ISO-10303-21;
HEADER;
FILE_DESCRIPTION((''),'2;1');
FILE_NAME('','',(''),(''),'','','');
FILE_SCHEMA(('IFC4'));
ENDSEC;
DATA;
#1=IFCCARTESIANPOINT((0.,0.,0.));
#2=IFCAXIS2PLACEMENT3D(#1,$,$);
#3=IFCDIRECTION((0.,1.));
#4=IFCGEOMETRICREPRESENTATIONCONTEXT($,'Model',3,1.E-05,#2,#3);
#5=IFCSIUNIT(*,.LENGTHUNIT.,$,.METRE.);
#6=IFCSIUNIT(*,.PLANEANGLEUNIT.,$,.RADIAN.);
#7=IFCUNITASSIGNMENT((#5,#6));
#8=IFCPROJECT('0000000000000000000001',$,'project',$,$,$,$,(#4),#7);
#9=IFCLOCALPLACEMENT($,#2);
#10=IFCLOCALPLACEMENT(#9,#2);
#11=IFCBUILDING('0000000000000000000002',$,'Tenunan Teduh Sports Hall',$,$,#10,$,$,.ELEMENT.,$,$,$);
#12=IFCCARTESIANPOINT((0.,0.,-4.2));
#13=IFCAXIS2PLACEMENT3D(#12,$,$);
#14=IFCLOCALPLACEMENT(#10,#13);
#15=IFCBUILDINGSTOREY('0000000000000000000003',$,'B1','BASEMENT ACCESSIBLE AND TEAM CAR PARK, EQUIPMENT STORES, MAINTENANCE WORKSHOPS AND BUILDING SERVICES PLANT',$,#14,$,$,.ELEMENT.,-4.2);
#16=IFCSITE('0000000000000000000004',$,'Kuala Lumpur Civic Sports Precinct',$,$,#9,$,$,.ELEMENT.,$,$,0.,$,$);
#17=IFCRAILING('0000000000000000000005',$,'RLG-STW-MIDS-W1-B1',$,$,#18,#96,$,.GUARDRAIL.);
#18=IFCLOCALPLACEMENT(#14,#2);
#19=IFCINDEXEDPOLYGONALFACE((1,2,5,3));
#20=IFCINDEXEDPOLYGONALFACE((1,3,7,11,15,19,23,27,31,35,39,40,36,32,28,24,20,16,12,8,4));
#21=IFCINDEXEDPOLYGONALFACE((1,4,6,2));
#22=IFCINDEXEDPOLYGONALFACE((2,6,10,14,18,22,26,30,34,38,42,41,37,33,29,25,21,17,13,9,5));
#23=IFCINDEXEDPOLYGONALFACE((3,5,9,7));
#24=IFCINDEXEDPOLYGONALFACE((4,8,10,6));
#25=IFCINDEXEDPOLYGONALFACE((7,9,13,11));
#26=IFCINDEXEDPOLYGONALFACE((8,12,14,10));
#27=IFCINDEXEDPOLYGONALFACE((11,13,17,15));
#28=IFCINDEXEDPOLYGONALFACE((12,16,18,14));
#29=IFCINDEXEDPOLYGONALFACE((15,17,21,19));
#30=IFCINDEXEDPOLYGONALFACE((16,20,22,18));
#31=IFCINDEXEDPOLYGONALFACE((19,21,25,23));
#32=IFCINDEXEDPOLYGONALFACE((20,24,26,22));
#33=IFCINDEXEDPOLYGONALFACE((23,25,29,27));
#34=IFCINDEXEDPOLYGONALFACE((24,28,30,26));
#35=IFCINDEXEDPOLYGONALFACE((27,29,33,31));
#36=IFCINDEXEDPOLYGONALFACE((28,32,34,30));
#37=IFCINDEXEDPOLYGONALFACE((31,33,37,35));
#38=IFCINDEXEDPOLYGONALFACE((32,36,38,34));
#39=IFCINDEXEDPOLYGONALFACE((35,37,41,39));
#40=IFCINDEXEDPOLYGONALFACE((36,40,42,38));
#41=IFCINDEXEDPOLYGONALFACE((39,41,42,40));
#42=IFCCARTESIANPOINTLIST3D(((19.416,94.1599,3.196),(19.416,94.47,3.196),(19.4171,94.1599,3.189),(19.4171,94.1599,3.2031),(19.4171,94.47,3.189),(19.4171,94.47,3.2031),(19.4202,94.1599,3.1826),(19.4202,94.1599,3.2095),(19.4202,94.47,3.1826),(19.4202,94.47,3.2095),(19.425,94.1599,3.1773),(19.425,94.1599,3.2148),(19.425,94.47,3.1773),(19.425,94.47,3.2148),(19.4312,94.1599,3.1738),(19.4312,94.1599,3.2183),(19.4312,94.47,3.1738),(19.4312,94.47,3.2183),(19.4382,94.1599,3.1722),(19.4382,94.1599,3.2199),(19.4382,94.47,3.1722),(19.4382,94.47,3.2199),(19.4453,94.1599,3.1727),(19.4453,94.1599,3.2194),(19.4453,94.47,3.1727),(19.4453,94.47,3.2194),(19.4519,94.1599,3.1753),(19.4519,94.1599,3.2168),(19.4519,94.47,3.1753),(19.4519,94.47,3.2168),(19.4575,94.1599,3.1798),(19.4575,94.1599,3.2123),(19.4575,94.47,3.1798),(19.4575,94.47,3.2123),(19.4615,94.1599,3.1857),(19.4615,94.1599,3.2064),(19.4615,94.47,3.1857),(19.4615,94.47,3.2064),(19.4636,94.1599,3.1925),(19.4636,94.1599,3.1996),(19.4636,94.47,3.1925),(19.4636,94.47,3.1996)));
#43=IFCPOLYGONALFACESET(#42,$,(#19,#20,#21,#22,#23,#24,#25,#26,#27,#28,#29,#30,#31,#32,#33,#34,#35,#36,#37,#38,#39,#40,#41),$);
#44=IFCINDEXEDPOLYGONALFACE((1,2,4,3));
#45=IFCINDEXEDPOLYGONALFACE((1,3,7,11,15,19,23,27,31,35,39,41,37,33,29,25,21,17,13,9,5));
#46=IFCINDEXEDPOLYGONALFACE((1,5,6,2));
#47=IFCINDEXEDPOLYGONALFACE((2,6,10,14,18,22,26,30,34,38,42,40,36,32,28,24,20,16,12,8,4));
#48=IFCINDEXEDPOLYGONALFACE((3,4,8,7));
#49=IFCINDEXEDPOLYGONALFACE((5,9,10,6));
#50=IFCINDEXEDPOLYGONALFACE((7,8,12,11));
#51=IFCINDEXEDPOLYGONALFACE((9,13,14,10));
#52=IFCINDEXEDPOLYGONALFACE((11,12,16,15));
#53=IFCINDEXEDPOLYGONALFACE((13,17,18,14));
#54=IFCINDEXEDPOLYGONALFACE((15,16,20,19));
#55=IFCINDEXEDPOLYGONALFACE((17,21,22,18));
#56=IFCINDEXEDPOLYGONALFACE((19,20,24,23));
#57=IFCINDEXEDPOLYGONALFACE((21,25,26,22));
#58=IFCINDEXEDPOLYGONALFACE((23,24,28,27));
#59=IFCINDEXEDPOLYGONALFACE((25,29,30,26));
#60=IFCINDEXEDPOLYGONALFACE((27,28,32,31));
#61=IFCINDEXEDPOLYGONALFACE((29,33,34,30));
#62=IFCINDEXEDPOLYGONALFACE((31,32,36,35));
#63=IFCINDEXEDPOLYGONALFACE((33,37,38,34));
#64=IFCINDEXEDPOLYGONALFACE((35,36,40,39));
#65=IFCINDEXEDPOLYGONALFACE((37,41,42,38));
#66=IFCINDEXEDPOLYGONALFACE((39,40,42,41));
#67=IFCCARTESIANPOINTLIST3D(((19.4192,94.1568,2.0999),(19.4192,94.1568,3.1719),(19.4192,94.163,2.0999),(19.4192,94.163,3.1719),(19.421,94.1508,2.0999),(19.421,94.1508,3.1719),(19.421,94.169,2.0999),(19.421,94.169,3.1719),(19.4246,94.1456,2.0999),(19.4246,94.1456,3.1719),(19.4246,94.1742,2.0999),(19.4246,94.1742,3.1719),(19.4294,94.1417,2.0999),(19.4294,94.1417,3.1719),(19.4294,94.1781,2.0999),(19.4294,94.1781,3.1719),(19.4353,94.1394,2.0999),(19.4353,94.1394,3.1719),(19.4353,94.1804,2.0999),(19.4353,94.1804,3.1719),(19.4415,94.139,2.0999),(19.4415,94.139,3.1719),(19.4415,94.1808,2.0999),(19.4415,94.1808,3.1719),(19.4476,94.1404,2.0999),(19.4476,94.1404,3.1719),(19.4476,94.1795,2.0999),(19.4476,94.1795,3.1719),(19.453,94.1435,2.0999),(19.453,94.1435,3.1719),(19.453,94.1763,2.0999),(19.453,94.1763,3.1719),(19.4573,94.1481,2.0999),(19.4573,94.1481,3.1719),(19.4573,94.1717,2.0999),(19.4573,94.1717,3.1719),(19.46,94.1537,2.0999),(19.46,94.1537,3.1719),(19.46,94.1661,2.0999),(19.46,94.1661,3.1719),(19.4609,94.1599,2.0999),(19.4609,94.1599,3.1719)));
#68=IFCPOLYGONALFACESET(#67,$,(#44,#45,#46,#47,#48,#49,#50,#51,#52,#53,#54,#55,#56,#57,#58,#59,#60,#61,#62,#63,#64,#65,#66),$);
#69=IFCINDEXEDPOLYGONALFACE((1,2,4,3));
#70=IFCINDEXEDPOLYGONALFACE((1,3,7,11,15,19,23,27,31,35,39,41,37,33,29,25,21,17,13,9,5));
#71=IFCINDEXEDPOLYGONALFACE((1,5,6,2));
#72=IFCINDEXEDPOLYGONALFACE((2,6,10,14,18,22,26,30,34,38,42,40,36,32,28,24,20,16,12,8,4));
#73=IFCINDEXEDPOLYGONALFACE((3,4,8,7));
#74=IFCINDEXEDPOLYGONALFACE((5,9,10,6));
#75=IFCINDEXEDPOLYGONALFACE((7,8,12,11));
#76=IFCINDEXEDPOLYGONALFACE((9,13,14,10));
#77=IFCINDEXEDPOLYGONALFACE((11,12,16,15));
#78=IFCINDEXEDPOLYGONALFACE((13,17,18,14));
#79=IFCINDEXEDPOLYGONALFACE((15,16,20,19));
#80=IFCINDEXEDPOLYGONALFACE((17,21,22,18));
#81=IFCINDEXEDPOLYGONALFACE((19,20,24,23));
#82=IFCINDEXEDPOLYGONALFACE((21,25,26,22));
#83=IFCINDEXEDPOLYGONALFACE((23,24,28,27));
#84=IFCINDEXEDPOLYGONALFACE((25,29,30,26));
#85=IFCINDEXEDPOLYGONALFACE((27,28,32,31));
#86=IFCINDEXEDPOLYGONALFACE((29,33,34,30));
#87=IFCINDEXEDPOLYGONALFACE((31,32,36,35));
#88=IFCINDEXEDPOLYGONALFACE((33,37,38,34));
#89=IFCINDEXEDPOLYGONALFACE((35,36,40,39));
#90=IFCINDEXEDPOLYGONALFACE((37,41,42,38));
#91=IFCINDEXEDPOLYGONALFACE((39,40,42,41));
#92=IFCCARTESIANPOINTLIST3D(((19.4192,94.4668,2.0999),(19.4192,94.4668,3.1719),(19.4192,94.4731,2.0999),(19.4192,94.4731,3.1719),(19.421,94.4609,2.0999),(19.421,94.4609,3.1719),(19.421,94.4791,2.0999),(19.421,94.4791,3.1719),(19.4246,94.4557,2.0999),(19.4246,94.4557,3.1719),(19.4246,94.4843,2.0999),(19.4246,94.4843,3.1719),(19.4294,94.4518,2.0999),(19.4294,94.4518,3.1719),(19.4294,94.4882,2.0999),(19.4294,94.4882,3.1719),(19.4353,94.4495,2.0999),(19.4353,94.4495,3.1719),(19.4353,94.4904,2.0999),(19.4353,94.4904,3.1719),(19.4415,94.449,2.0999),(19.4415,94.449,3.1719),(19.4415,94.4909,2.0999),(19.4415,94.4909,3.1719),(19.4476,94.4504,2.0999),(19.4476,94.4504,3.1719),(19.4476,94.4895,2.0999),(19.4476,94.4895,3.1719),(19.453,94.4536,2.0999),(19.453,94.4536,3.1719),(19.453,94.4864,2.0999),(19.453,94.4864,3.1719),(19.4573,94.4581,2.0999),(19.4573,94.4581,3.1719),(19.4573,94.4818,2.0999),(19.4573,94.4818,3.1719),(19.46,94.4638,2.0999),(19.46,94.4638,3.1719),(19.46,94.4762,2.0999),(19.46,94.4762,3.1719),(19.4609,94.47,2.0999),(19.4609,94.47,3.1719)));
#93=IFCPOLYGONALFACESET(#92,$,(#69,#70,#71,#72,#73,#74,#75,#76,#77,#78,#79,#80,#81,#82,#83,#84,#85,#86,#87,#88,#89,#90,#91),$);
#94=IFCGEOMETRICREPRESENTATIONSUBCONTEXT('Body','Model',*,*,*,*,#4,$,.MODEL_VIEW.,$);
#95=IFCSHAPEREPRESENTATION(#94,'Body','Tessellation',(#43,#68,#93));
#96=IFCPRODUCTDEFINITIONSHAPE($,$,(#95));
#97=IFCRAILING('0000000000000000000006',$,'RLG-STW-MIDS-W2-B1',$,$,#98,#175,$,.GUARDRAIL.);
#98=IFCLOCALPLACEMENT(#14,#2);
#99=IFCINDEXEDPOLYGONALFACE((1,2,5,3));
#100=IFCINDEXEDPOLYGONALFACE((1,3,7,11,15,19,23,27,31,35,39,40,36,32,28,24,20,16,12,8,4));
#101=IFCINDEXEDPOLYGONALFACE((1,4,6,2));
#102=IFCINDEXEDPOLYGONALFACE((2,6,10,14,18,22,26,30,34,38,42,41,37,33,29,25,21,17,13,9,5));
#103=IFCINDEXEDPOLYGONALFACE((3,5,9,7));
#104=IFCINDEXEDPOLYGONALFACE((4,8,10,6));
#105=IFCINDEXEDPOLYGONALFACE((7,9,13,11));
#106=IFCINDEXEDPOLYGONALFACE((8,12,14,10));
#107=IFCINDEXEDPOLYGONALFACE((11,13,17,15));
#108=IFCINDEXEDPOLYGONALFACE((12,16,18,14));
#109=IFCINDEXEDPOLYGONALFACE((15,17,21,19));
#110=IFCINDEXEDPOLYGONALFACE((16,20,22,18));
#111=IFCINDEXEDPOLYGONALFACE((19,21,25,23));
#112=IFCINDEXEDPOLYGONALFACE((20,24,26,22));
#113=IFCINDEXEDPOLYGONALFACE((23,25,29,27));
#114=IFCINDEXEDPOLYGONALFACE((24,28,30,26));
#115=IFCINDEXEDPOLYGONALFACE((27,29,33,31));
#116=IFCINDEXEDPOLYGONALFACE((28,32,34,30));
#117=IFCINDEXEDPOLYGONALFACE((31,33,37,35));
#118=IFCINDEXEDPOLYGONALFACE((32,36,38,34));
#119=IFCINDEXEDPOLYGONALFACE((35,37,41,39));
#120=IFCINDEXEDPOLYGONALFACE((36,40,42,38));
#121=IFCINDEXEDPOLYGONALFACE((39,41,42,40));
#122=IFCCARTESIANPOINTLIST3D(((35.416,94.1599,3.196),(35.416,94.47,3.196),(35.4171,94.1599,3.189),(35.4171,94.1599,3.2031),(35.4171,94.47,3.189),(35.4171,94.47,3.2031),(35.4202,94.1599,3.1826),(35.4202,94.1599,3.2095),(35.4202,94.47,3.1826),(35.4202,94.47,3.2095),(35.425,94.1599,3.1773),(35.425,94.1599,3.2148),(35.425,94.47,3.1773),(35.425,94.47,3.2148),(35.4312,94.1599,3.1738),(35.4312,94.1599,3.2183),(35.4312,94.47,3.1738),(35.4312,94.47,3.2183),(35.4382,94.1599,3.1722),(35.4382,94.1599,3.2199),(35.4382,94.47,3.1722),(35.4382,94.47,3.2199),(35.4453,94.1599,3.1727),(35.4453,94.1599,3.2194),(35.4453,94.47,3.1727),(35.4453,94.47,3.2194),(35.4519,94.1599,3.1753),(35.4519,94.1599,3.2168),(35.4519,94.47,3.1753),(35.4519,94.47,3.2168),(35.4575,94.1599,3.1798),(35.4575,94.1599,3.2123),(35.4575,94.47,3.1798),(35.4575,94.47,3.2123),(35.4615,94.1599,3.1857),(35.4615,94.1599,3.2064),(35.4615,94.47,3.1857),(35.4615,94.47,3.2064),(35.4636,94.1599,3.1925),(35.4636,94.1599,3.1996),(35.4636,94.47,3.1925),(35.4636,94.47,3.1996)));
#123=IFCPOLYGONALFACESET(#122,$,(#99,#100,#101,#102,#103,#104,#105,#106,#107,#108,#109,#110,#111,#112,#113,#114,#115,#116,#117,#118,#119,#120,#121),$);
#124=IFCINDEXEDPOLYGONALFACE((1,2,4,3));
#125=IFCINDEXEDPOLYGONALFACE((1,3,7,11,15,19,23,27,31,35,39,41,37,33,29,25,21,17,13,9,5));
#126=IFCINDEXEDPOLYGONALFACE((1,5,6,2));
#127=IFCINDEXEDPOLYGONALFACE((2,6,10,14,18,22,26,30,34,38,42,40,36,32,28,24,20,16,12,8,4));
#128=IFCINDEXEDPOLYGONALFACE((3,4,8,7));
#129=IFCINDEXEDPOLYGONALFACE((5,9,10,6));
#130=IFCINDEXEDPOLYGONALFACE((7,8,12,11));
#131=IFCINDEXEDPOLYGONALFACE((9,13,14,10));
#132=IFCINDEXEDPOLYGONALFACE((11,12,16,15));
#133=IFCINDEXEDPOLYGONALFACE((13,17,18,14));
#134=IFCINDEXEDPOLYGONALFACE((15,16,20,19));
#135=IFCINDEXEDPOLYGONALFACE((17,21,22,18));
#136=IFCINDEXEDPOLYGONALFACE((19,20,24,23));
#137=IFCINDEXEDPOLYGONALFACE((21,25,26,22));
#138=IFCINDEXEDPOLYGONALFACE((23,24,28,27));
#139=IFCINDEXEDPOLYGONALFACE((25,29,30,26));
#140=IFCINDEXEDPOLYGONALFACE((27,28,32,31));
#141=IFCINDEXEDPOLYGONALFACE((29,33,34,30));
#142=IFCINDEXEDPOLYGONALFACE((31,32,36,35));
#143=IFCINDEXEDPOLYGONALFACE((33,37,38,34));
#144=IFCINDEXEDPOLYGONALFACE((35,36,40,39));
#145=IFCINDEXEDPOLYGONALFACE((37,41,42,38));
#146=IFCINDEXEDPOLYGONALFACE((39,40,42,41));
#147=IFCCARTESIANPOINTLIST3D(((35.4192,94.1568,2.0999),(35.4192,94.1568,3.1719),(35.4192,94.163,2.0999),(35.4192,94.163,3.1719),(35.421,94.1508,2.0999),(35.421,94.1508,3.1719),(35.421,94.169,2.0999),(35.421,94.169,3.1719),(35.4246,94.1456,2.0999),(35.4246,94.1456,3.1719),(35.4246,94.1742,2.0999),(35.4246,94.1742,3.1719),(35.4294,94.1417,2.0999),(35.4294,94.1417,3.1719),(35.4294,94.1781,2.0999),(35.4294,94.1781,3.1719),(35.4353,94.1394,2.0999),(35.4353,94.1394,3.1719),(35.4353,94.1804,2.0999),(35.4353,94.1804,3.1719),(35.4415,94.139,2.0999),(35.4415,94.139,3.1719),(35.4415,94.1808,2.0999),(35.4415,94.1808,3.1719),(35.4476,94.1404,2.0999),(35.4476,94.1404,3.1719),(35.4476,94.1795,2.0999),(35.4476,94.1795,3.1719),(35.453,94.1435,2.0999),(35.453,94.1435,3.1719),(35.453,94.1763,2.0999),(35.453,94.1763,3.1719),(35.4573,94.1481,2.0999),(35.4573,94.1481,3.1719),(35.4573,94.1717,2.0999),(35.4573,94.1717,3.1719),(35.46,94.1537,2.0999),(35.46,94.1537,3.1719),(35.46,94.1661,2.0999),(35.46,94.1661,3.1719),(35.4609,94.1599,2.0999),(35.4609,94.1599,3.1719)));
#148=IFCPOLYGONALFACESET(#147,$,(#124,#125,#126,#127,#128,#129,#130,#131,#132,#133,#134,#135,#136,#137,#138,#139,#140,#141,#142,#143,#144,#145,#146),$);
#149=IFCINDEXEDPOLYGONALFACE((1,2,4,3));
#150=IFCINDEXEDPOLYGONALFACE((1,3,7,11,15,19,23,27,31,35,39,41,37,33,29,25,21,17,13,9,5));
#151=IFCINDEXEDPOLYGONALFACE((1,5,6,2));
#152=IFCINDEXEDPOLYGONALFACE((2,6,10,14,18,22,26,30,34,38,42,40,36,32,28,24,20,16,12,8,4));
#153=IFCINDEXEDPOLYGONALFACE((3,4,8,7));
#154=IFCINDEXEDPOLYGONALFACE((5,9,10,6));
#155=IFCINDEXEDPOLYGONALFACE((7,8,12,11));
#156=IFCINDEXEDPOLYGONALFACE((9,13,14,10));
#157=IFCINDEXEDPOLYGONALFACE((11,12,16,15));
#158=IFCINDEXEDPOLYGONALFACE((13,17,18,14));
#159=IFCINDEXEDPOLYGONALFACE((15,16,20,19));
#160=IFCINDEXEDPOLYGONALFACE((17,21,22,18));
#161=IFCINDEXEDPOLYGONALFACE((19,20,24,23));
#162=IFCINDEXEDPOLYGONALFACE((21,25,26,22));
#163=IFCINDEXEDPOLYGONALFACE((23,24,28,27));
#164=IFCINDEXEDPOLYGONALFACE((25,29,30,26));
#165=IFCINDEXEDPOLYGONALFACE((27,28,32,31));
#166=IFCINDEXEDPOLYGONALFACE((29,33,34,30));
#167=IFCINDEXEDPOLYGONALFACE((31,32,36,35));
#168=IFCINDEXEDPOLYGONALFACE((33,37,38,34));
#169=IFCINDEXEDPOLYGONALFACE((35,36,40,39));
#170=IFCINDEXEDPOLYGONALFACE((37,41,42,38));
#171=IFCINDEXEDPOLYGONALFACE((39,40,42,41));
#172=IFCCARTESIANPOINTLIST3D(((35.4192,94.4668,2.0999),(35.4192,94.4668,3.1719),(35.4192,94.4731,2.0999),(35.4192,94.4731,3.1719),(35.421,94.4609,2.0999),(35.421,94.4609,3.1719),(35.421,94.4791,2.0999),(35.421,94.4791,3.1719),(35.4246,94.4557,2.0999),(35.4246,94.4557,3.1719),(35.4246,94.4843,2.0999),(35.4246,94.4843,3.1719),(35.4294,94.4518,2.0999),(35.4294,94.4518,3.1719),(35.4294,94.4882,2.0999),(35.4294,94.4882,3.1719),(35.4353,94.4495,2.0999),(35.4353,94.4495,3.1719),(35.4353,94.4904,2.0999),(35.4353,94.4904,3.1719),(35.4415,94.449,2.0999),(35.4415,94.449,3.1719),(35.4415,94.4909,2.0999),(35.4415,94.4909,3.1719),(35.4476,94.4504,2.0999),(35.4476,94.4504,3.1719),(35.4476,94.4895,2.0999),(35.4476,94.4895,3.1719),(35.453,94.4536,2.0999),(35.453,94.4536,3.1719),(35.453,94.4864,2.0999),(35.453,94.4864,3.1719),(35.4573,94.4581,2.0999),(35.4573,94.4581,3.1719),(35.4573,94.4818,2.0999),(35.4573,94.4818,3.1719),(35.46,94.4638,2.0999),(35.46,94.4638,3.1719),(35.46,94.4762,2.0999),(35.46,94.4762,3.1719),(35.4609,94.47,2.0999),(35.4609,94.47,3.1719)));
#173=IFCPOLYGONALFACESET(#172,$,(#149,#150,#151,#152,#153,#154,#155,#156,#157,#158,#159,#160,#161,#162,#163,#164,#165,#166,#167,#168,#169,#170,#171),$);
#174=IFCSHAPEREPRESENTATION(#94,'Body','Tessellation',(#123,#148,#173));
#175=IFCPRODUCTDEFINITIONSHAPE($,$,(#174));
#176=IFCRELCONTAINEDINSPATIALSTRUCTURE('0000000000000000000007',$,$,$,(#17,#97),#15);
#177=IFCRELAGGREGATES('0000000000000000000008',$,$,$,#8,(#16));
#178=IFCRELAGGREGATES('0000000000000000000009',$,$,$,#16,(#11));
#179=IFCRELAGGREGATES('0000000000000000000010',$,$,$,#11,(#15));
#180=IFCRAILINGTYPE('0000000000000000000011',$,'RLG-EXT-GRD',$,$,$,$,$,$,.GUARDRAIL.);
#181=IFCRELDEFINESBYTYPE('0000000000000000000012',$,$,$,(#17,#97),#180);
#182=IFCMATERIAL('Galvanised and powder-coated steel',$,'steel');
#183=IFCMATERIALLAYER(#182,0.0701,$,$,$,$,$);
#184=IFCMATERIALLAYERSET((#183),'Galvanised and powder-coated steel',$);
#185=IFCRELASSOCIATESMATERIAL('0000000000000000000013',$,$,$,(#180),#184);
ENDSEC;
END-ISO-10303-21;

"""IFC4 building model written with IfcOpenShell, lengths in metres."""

from ifc_helpers import new_model, si_unit, direction, frame, origin, origin_2d, place, context, subcontext, project, spatial, circle, extrude, material, layer, layer_set, type_object, element, save


model = new_model("IFC4")

# Units and contexts
model_context = context("Model", 3, precision=1e-05, world=origin(), true_north=direction((0.0, 1.0)))
body_context = subcontext(model_context, "Body", "Model", "MODEL_VIEW")
ifc_project = project(units=[si_unit("LENGTHUNIT", "METRE"), si_unit("PLANEANGLEUNIT", "RADIAN")], contexts=[model_context])

# Site, building, storey
site_placement = place(None, origin())
site = spatial("IfcSite", under=ifc_project, at=site_placement, Name="Kuala Lumpur Civic Sports Precinct", CompositionType="ELEMENT", RefElevation=0.0)
building_placement = place(site_placement, origin())
building = spatial("IfcBuilding", under=site, at=building_placement, Name="Tenunan Teduh Sports Hall", CompositionType="ELEMENT")
storey_placement = place(building_placement, frame((0.0, 0.0, -4.2)))
storey = spatial("IfcBuildingStorey", under=building, at=storey_placement, Name="B1", Description="BASEMENT ACCESSIBLE AND TEAM CAR PARK, EQUIPMENT STORES, MAINTENANCE WORKSHOPS AND BUILDING SERVICES PLANT", CompositionType="ELEMENT", Elevation=-4.2)

# Railings
ifc_material_1 = material(Name="Galvanised and powder-coated steel", Category="steel")
ifc_layer_1 = layer(ifc_material_1, 0.0701)
ifc_layer_set_1 = layer_set([ifc_layer_1], Name="Galvanised and powder-coated steel")
railing_type = type_object("IfcRailingType", Name="RLG-EXT-GRD", PredefinedType="GUARDRAIL", material=ifc_layer_set_1)
for number, where, name in (
    (1, (19.4399, 94.1599, 2.0999), "RLG-STW-MIDS-W1-B1"),
    (2, (35.4399, 94.1599, 2.0999), "RLG-STW-MIDS-W2-B1"),
):
    element("IfcRailing", number, at=place(storey_placement, frame(where)), inside=storey, type_object=railing_type, Name=name, PredefinedType="GUARDRAIL", context=body_context, shape_type="SweptSolid", body=[
        extrude(circle(Radius=0.0239, at=origin_2d()), frame((0.0, 0.0, 1.0962), z_axis=(0.0, 1.0, 0.0), x_axis=(-1.0, 0.0, 0.0)), (0.0, 0.0, 1.0), 0.3101),
        extrude(circle(Radius=0.021, at=origin_2d()), origin(), (0.0, 0.0, 1.0), 1.072),
        extrude(circle(Radius=0.021, at=origin_2d()), frame((0.0, 0.3101, 0.0)), (0.0, 0.0, 1.0), 1.072),
    ])

save(model, "model.ifc")
